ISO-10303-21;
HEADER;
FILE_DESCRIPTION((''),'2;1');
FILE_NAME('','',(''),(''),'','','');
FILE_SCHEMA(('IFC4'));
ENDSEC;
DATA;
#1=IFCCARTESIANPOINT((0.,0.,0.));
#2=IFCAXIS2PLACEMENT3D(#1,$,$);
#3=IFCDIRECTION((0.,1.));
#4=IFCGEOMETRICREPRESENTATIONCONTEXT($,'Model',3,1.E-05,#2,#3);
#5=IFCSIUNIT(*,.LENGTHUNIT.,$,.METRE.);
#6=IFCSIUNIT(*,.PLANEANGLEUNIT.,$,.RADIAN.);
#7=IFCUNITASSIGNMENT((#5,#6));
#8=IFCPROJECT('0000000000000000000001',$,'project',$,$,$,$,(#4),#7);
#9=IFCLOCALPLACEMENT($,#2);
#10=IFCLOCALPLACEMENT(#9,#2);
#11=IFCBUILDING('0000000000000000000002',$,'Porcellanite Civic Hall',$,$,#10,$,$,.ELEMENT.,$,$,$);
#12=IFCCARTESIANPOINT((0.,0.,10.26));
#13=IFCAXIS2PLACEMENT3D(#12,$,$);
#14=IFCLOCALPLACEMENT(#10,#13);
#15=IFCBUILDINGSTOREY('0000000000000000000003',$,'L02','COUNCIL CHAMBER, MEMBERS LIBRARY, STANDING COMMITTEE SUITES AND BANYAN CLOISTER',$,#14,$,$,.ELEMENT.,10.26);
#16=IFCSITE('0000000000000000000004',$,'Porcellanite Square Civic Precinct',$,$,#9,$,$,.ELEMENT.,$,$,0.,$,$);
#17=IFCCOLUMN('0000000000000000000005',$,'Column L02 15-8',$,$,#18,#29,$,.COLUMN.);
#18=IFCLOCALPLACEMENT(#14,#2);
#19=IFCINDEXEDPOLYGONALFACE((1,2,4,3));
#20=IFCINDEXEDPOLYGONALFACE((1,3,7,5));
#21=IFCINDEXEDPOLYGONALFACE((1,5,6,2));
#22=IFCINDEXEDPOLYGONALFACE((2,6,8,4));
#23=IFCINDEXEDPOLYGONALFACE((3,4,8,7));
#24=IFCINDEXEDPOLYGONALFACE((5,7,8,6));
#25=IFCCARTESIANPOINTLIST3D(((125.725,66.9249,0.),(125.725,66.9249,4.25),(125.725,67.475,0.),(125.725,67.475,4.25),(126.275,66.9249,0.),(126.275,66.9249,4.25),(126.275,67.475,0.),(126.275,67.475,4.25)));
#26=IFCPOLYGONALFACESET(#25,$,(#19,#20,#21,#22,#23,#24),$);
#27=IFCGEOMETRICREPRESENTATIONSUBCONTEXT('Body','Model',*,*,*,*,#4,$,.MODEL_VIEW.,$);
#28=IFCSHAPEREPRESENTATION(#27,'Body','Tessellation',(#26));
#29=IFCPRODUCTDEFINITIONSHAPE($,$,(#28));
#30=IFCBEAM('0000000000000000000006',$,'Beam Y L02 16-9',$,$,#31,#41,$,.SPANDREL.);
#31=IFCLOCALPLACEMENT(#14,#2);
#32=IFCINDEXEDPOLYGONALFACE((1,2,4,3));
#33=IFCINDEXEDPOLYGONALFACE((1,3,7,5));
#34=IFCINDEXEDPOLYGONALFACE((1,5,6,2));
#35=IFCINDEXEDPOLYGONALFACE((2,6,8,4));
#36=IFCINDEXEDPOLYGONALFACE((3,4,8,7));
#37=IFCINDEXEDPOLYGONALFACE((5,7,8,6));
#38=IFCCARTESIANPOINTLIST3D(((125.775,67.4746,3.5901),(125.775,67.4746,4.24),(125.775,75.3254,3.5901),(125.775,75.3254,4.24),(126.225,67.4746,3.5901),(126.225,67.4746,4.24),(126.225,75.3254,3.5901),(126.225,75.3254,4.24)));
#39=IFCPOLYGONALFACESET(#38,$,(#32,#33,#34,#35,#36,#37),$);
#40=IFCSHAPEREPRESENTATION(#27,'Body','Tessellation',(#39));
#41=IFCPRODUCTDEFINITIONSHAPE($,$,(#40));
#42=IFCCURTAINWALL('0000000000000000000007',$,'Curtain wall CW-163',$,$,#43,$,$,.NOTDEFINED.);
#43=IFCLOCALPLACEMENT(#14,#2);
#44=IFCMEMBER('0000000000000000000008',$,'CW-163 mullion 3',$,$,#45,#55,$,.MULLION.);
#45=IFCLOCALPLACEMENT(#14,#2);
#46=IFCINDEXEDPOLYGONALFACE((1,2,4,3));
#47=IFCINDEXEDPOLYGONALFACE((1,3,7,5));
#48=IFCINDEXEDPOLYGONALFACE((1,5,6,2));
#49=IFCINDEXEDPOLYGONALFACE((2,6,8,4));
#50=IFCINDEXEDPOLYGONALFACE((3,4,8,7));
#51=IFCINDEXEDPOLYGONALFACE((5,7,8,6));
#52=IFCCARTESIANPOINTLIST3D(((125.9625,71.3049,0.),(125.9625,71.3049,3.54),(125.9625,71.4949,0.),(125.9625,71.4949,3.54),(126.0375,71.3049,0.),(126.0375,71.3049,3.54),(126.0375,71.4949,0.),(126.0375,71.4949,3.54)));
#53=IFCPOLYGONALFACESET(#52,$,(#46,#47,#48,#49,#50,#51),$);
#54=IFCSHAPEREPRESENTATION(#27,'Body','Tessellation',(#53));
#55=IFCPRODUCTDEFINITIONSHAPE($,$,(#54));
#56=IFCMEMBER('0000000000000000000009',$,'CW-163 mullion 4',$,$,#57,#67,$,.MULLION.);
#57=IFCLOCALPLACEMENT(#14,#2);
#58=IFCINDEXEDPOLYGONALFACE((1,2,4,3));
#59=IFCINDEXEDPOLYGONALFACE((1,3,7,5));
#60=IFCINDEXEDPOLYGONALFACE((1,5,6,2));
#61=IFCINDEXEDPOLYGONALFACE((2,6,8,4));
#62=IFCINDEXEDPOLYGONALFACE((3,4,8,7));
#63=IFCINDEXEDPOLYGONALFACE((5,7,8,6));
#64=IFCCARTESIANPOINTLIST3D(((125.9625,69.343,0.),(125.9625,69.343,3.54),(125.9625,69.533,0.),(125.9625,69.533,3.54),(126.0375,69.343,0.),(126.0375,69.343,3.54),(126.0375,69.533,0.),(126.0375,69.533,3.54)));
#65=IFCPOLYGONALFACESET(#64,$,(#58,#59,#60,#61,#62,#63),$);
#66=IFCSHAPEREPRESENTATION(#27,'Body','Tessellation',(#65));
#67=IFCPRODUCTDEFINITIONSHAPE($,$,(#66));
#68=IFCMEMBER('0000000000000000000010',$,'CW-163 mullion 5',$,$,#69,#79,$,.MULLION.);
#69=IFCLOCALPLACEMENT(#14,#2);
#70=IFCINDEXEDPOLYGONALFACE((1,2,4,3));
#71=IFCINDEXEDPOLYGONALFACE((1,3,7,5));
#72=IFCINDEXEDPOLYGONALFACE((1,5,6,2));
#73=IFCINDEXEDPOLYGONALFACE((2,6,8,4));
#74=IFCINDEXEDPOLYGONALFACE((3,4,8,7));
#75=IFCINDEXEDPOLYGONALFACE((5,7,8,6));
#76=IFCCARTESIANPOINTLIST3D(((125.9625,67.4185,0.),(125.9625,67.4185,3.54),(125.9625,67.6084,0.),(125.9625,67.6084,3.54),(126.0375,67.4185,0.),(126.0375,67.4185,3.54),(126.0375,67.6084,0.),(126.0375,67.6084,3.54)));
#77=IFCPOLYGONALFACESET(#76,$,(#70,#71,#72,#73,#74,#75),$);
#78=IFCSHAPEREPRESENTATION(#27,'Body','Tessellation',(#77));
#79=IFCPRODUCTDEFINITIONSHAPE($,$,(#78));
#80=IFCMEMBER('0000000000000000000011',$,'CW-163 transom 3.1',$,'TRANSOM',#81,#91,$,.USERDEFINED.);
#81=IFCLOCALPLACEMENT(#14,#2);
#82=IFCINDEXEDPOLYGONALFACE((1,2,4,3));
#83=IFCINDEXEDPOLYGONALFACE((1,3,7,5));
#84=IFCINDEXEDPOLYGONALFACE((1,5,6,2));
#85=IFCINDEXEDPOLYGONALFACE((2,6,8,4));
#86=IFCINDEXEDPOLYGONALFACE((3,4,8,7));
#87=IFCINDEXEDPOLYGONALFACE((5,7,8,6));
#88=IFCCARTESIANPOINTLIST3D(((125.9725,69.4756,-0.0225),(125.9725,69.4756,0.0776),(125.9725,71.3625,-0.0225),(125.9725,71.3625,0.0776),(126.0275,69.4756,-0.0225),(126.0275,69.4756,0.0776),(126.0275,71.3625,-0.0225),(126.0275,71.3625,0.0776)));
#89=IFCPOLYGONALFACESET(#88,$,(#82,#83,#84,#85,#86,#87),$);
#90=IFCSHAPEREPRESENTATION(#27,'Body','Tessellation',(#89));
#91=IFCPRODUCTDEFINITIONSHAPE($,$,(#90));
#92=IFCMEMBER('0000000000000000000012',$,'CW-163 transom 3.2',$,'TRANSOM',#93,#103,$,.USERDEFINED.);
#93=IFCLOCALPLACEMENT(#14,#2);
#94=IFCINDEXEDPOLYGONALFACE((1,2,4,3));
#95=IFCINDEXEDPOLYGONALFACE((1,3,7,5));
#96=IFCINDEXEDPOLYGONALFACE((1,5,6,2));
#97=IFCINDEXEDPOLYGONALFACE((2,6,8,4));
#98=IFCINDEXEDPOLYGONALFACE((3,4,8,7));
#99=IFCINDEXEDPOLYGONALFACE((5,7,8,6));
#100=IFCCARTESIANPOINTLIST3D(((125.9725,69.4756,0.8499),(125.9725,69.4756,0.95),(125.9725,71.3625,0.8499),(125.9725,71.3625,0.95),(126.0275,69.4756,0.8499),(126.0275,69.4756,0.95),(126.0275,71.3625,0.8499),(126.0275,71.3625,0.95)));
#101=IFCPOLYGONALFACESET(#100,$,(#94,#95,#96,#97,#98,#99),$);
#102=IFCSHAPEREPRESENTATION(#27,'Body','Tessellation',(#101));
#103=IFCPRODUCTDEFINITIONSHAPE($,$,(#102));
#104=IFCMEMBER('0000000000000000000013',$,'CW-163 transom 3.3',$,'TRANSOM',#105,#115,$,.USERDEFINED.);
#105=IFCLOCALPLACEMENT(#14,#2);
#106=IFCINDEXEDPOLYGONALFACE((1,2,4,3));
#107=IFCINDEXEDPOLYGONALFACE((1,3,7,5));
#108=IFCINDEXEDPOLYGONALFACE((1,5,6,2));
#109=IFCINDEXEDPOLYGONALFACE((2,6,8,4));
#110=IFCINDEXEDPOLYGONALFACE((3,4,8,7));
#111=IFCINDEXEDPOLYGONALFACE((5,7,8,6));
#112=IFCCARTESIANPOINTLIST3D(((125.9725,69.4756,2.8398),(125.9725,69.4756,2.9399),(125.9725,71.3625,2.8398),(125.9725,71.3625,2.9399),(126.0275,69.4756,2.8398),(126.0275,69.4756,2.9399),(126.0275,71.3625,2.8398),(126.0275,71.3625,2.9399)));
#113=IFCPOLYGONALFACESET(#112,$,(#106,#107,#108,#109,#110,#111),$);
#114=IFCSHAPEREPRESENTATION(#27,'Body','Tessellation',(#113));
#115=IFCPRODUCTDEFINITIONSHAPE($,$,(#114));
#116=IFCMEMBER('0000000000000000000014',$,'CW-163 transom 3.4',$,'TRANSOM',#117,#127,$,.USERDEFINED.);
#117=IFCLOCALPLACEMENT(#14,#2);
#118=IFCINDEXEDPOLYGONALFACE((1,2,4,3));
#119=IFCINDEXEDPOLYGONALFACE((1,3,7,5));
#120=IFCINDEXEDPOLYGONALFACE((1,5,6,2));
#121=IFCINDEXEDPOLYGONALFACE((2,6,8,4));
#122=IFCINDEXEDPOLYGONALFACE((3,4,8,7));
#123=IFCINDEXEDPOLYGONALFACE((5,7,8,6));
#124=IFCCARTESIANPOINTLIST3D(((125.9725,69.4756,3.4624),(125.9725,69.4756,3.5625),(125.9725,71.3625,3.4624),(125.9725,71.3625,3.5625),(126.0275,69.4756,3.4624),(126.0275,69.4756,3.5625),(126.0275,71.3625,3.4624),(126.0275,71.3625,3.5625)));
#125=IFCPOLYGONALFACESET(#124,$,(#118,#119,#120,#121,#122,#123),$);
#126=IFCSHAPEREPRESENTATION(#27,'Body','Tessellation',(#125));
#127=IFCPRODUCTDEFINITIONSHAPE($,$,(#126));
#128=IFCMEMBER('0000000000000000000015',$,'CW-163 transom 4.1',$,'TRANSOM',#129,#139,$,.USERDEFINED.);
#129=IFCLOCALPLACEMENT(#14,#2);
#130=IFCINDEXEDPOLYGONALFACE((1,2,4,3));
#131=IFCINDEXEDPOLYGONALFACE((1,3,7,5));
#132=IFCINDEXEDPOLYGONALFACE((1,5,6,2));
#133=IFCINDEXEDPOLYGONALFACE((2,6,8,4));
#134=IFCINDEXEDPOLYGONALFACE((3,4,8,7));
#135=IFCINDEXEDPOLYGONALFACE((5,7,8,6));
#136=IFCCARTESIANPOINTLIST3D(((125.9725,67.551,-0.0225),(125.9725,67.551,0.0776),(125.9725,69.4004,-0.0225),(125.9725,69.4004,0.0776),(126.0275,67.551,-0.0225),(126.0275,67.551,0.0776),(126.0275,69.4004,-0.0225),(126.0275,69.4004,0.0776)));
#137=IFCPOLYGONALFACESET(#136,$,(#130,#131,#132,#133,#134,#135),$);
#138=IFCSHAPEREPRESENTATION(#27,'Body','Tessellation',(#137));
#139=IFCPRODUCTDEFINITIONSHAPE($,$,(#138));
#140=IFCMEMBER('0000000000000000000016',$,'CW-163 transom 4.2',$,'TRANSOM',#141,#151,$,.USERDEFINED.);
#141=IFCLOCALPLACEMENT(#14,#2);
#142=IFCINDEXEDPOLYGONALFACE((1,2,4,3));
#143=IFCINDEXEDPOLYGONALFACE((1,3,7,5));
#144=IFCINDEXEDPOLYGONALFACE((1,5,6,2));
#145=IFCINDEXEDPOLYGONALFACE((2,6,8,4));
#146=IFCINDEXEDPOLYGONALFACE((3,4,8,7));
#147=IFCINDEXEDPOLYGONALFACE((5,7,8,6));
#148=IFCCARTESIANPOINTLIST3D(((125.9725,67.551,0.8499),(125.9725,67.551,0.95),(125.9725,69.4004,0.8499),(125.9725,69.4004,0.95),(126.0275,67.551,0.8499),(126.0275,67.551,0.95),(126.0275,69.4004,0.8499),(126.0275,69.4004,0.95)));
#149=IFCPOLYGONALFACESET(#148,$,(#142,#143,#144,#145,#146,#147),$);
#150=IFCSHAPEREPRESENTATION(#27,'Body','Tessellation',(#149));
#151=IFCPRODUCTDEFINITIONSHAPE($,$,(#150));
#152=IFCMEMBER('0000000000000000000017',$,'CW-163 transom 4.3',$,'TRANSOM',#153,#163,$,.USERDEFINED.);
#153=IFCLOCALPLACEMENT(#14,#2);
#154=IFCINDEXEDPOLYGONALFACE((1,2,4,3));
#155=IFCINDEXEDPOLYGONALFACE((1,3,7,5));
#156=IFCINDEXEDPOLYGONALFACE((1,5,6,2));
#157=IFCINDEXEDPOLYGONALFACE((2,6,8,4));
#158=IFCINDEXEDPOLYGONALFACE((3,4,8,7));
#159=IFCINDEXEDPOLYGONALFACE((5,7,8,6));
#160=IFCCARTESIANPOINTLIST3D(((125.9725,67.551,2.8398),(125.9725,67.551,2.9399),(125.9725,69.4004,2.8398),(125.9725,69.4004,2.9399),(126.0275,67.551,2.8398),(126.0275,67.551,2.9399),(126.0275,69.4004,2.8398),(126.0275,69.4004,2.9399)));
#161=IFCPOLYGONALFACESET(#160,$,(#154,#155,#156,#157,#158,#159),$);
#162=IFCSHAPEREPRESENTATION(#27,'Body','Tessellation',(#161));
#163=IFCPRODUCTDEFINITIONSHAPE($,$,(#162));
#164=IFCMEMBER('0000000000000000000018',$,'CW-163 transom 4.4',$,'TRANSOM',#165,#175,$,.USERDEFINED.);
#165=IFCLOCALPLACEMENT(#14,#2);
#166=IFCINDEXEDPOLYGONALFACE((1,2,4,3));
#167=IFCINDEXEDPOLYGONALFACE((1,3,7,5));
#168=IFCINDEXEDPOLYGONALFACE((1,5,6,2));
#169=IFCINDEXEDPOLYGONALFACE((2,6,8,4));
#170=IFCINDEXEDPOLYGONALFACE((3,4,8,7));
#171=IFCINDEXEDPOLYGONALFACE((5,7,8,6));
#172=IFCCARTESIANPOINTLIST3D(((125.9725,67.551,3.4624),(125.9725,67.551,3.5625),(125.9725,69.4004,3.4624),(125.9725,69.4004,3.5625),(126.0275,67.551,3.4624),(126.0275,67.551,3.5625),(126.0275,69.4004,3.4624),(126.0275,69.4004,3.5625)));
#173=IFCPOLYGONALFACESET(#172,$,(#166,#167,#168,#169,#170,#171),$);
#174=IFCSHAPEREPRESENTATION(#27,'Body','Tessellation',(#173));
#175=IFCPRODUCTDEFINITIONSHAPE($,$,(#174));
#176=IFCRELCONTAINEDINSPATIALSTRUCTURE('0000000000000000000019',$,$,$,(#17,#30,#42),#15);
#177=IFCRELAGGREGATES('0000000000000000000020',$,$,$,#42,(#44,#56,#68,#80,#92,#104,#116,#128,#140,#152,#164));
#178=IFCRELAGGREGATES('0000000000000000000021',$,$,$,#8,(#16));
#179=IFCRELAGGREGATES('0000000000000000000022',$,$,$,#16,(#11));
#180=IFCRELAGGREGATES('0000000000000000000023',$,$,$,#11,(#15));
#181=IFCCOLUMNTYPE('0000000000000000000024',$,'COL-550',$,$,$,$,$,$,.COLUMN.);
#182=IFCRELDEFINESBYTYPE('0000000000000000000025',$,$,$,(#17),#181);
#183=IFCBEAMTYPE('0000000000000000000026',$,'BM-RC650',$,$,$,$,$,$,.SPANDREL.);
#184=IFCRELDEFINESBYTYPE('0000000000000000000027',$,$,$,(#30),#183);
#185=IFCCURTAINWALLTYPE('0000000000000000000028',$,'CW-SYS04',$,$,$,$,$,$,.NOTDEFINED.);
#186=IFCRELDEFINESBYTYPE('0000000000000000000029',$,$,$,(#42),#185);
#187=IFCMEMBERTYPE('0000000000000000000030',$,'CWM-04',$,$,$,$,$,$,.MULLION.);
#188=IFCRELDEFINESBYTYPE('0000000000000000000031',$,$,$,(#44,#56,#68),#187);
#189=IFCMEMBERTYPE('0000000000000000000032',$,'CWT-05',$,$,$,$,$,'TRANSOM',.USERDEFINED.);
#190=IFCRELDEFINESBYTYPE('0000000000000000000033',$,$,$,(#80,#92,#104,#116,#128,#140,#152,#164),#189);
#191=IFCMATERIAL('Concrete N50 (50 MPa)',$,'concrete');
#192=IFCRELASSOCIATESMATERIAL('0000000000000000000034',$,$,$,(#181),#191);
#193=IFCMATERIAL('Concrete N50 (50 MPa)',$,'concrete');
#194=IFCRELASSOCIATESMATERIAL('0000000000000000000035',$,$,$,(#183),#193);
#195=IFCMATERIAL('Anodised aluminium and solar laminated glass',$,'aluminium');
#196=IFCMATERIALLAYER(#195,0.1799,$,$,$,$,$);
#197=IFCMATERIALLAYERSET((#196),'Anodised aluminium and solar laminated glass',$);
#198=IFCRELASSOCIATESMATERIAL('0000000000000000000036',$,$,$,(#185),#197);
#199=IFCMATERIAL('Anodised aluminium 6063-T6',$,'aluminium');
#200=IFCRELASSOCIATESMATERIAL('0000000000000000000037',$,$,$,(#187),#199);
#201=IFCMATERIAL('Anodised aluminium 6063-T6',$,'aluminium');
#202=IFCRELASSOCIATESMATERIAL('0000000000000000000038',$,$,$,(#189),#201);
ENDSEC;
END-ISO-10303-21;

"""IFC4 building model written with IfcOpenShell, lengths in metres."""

from ifc_helpers import new_model, si_unit, direction, frame, origin, origin_2d, place, context, subcontext, project, spatial, rectangle, extrude, material, layer, layer_set, material_profile, profile_set, type_object, element, aggregate, save


model = new_model("IFC4")

# Units and contexts
model_context = context("Model", 3, precision=1e-05, world=origin(), true_north=direction((0.0, 1.0)))
body_context = subcontext(model_context, "Body", "Model", "MODEL_VIEW")
ifc_project = project(units=[si_unit("LENGTHUNIT", "METRE"), si_unit("PLANEANGLEUNIT", "RADIAN")], contexts=[model_context])

# Site, building, storey
site_placement = place(None, origin())
site = spatial("IfcSite", under=ifc_project, at=site_placement, Name="Porcellanite Square Civic Precinct", CompositionType="ELEMENT", RefElevation=0.0)
building_placement = place(site_placement, origin())
building = spatial("IfcBuilding", under=site, at=building_placement, Name="Porcellanite Civic Hall", CompositionType="ELEMENT")
storey_placement = place(building_placement, frame((0.0, 0.0, 10.26)))
storey = spatial("IfcBuildingStorey", under=building, at=storey_placement, Name="L02", Description="COUNCIL CHAMBER, MEMBERS LIBRARY, STANDING COMMITTEE SUITES AND BANYAN CLOISTER", CompositionType="ELEMENT", Elevation=10.26)

# Column
ifc_material_1 = material(Name="Concrete N50 (50 MPa)", Category="concrete")
ifc_material_profile_1 = material_profile(ifc_material_1, rectangle(XDim=0.55, YDim=0.55, at=origin_2d()), Name="RC-550x550")
ifc_profile_set_1 = profile_set([ifc_material_profile_1], Name="Concrete N50 (50 MPa)")
column_type = type_object("IfcColumnType", Name="COL-550", PredefinedType="COLUMN", material=ifc_profile_set_1)
column_placement = place(storey_placement, frame((126.0, 67.2, 0.0), z_axis=(0.0, 0.0, 1.0), x_axis=(1.0, 0.0, 0.0)))
element("IfcColumn", 1, at=column_placement, inside=storey, type_object=column_type, Name="Column L02 15-8", PredefinedType="COLUMN", context=body_context, shape_type="SweptSolid", body=[
    extrude(rectangle(XDim=0.55, YDim=0.55, at=origin_2d()), origin(), (0.0, 0.0, 1.0), 4.25),
])

# Beam
ifc_material_2 = material(Name="Concrete N50 (50 MPa)", Category="concrete")
ifc_material_profile_2 = material_profile(ifc_material_2, rectangle(XDim=0.45, YDim=0.6499, at=origin_2d()), Name="RC-450x650")
ifc_profile_set_2 = profile_set([ifc_material_profile_2], Name="Concrete N50 (50 MPa)")
beam_type_1 = type_object("IfcBeamType", Name="BM-RC650", PredefinedType="SPANDREL", material=ifc_profile_set_2)
beam_1_placement = place(storey_placement, frame((126.0, 67.4746, 3.915), z_axis=(0.0, 1.0, 0.0), x_axis=(-1.0, 0.0, 0.0)))
element("IfcBeam", 2, at=beam_1_placement, inside=storey, type_object=beam_type_1, Name="Beam Y L02 16-9", PredefinedType="SPANDREL", context=body_context, shape_type="SweptSolid", body=[
    extrude(rectangle(XDim=0.45, YDim=0.6499, at=origin_2d()), origin(), (0.0, 0.0, 1.0), 7.8508),
])

# Curtain wall, members
ifc_material_3 = material(Name="Anodised aluminium and solar laminated glass", Category="aluminium")
ifc_layer_1 = layer(ifc_material_3, 0.1799)
ifc_layer_set_1 = layer_set([ifc_layer_1], Name="Anodised aluminium and solar laminated glass")
curtain_wall_type = type_object("IfcCurtainWallType", Name="CW-SYS04", PredefinedType="NOTDEFINED", material=ifc_layer_set_1)
curtain_wall_placement = place(storey_placement, origin())
curtain_wall = element("IfcCurtainWall", 3, at=curtain_wall_placement, inside=storey, type_object=curtain_wall_type, Name="Curtain wall CW-163", PredefinedType="NOTDEFINED")
ifc_material_4 = material(Name="Anodised aluminium 6063-T6", Category="aluminium")
ifc_material_profile_3 = material_profile(ifc_material_4, rectangle(XDim=0.075, YDim=0.1899, at=origin_2d()), Name="AL-75x190")
ifc_profile_set_3 = profile_set([ifc_material_profile_3], Name="Anodised aluminium 6063-T6")
member_type_1 = type_object("IfcMemberType", Name="CWM-04", PredefinedType="MULLION", material=ifc_profile_set_3)
member_1_placement = place(storey_placement, frame((126.0, 71.3999, 0.0), z_axis=(0.0, 0.0, 1.0), x_axis=(1.0, 0.0, 0.0)))
member_1 = element("IfcMember", 4, at=member_1_placement, type_object=member_type_1, Name="CW-163 mullion 3", PredefinedType="MULLION", context=body_context, shape_type="SweptSolid", body=[
    extrude(rectangle(XDim=0.075, YDim=0.1899, at=origin_2d()), origin(), (0.0, 0.0, 1.0), 3.54),
])
member_2_placement = place(storey_placement, frame((126.0, 69.438, 0.0), z_axis=(0.0, 0.0, 1.0), x_axis=(1.0, 0.0, 0.0)))
member_2 = element("IfcMember", 5, at=member_2_placement, type_object=member_type_1, Name="CW-163 mullion 4", PredefinedType="MULLION", context=body_context, shape_type="SweptSolid", body=[
    extrude(rectangle(XDim=0.075, YDim=0.1899, at=origin_2d()), origin(), (0.0, 0.0, 1.0), 3.54),
])
member_3_placement = place(storey_placement, frame((126.0, 67.5134, 0.0), z_axis=(0.0, 0.0, 1.0), x_axis=(1.0, 0.0, 0.0)))
member_3 = element("IfcMember", 6, at=member_3_placement, type_object=member_type_1, Name="CW-163 mullion 5", PredefinedType="MULLION", context=body_context, shape_type="SweptSolid", body=[
    extrude(rectangle(XDim=0.075, YDim=0.1899, at=origin_2d()), origin(), (0.0, 0.0, 1.0), 3.54),
])
ifc_material_5 = material(Name="Anodised aluminium 6063-T6", Category="aluminium")
ifc_material_profile_4 = material_profile(ifc_material_5, rectangle(XDim=0.0549, YDim=0.1001, at=origin_2d()), Name="AL-55x100")
ifc_profile_set_4 = profile_set([ifc_material_profile_4], Name="Anodised aluminium 6063-T6")
member_type_2 = type_object("IfcMemberType", Name="CWT-05", ElementType="TRANSOM", PredefinedType="USERDEFINED", material=ifc_profile_set_4)
member_4_placement = place(storey_placement, frame((126.0, 71.3625, 0.0276), z_axis=(0.0, -1.0, 0.0), x_axis=(1.0, 0.0, 0.0)))
member_4 = element("IfcMember", 7, at=member_4_placement, type_object=member_type_2, Name="CW-163 transom 3.1", ObjectType="TRANSOM", PredefinedType="USERDEFINED", context=body_context, shape_type="SweptSolid", body=[
    extrude(rectangle(XDim=0.0549, YDim=0.1001, at=origin_2d()), origin(), (0.0, 0.0, 1.0), 1.887),
])
member_5_placement = place(storey_placement, frame((126.0, 71.3625, 0.8999), z_axis=(0.0, -1.0, 0.0), x_axis=(1.0, 0.0, 0.0)))
member_5 = element("IfcMember", 8, at=member_5_placement, type_object=member_type_2, Name="CW-163 transom 3.2", ObjectType="TRANSOM", PredefinedType="USERDEFINED", context=body_context, shape_type="SweptSolid", body=[
    extrude(rectangle(XDim=0.0549, YDim=0.1001, at=origin_2d()), origin(), (0.0, 0.0, 1.0), 1.887),
])
member_6_placement = place(storey_placement, frame((126.0, 71.3625, 2.8899), z_axis=(0.0, -1.0, 0.0), x_axis=(1.0, 0.0, 0.0)))
member_6 = element("IfcMember", 9, at=member_6_placement, type_object=member_type_2, Name="CW-163 transom 3.3", ObjectType="TRANSOM", PredefinedType="USERDEFINED", context=body_context, shape_type="SweptSolid", body=[
    extrude(rectangle(XDim=0.0549, YDim=0.1001, at=origin_2d()), origin(), (0.0, 0.0, 1.0), 1.887),
])
member_7_placement = place(storey_placement, frame((126.0, 71.3625, 3.5125), z_axis=(0.0, -1.0, 0.0), x_axis=(1.0, 0.0, 0.0)))
member_7 = element("IfcMember", 10, at=member_7_placement, type_object=member_type_2, Name="CW-163 transom 3.4", ObjectType="TRANSOM", PredefinedType="USERDEFINED", context=body_context, shape_type="SweptSolid", body=[
    extrude(rectangle(XDim=0.0549, YDim=0.1001, at=origin_2d()), origin(), (0.0, 0.0, 1.0), 1.887),
])
member_8_placement = place(storey_placement, frame((126.0, 69.4004, 0.0276), z_axis=(0.0, -1.0, 0.0), x_axis=(1.0, 0.0, 0.0)))
member_8 = element("IfcMember", 11, at=member_8_placement, type_object=member_type_2, Name="CW-163 transom 4.1", ObjectType="TRANSOM", PredefinedType="USERDEFINED", context=body_context, shape_type="SweptSolid", body=[
    extrude(rectangle(XDim=0.0549, YDim=0.1001, at=origin_2d()), origin(), (0.0, 0.0, 1.0), 1.8494),
])
member_9_placement = place(storey_placement, frame((126.0, 69.4004, 0.8999), z_axis=(0.0, -1.0, 0.0), x_axis=(1.0, 0.0, 0.0)))
member_9 = element("IfcMember", 12, at=member_9_placement, type_object=member_type_2, Name="CW-163 transom 4.2", ObjectType="TRANSOM", PredefinedType="USERDEFINED", context=body_context, shape_type="SweptSolid", body=[
    extrude(rectangle(XDim=0.0549, YDim=0.1001, at=origin_2d()), origin(), (0.0, 0.0, 1.0), 1.8494),
])
member_10_placement = place(storey_placement, frame((126.0, 69.4004, 2.8899), z_axis=(0.0, -1.0, 0.0), x_axis=(1.0, 0.0, 0.0)))
member_10 = element("IfcMember", 13, at=member_10_placement, type_object=member_type_2, Name="CW-163 transom 4.3", ObjectType="TRANSOM", PredefinedType="USERDEFINED", context=body_context, shape_type="SweptSolid", body=[
    extrude(rectangle(XDim=0.0549, YDim=0.1001, at=origin_2d()), origin(), (0.0, 0.0, 1.0), 1.8494),
])
member_11_placement = place(storey_placement, frame((126.0, 69.4004, 3.5125), z_axis=(0.0, -1.0, 0.0), x_axis=(1.0, 0.0, 0.0)))
member_11 = element("IfcMember", 14, at=member_11_placement, type_object=member_type_2, Name="CW-163 transom 4.4", ObjectType="TRANSOM", PredefinedType="USERDEFINED", context=body_context, shape_type="SweptSolid", body=[
    extrude(rectangle(XDim=0.0549, YDim=0.1001, at=origin_2d()), origin(), (0.0, 0.0, 1.0), 1.8494),
])

aggregate(curtain_wall, [member_1, member_2, member_3, member_4, member_5, member_6, member_7, member_8, member_9, member_10, member_11])

save(model, "model.ifc")
